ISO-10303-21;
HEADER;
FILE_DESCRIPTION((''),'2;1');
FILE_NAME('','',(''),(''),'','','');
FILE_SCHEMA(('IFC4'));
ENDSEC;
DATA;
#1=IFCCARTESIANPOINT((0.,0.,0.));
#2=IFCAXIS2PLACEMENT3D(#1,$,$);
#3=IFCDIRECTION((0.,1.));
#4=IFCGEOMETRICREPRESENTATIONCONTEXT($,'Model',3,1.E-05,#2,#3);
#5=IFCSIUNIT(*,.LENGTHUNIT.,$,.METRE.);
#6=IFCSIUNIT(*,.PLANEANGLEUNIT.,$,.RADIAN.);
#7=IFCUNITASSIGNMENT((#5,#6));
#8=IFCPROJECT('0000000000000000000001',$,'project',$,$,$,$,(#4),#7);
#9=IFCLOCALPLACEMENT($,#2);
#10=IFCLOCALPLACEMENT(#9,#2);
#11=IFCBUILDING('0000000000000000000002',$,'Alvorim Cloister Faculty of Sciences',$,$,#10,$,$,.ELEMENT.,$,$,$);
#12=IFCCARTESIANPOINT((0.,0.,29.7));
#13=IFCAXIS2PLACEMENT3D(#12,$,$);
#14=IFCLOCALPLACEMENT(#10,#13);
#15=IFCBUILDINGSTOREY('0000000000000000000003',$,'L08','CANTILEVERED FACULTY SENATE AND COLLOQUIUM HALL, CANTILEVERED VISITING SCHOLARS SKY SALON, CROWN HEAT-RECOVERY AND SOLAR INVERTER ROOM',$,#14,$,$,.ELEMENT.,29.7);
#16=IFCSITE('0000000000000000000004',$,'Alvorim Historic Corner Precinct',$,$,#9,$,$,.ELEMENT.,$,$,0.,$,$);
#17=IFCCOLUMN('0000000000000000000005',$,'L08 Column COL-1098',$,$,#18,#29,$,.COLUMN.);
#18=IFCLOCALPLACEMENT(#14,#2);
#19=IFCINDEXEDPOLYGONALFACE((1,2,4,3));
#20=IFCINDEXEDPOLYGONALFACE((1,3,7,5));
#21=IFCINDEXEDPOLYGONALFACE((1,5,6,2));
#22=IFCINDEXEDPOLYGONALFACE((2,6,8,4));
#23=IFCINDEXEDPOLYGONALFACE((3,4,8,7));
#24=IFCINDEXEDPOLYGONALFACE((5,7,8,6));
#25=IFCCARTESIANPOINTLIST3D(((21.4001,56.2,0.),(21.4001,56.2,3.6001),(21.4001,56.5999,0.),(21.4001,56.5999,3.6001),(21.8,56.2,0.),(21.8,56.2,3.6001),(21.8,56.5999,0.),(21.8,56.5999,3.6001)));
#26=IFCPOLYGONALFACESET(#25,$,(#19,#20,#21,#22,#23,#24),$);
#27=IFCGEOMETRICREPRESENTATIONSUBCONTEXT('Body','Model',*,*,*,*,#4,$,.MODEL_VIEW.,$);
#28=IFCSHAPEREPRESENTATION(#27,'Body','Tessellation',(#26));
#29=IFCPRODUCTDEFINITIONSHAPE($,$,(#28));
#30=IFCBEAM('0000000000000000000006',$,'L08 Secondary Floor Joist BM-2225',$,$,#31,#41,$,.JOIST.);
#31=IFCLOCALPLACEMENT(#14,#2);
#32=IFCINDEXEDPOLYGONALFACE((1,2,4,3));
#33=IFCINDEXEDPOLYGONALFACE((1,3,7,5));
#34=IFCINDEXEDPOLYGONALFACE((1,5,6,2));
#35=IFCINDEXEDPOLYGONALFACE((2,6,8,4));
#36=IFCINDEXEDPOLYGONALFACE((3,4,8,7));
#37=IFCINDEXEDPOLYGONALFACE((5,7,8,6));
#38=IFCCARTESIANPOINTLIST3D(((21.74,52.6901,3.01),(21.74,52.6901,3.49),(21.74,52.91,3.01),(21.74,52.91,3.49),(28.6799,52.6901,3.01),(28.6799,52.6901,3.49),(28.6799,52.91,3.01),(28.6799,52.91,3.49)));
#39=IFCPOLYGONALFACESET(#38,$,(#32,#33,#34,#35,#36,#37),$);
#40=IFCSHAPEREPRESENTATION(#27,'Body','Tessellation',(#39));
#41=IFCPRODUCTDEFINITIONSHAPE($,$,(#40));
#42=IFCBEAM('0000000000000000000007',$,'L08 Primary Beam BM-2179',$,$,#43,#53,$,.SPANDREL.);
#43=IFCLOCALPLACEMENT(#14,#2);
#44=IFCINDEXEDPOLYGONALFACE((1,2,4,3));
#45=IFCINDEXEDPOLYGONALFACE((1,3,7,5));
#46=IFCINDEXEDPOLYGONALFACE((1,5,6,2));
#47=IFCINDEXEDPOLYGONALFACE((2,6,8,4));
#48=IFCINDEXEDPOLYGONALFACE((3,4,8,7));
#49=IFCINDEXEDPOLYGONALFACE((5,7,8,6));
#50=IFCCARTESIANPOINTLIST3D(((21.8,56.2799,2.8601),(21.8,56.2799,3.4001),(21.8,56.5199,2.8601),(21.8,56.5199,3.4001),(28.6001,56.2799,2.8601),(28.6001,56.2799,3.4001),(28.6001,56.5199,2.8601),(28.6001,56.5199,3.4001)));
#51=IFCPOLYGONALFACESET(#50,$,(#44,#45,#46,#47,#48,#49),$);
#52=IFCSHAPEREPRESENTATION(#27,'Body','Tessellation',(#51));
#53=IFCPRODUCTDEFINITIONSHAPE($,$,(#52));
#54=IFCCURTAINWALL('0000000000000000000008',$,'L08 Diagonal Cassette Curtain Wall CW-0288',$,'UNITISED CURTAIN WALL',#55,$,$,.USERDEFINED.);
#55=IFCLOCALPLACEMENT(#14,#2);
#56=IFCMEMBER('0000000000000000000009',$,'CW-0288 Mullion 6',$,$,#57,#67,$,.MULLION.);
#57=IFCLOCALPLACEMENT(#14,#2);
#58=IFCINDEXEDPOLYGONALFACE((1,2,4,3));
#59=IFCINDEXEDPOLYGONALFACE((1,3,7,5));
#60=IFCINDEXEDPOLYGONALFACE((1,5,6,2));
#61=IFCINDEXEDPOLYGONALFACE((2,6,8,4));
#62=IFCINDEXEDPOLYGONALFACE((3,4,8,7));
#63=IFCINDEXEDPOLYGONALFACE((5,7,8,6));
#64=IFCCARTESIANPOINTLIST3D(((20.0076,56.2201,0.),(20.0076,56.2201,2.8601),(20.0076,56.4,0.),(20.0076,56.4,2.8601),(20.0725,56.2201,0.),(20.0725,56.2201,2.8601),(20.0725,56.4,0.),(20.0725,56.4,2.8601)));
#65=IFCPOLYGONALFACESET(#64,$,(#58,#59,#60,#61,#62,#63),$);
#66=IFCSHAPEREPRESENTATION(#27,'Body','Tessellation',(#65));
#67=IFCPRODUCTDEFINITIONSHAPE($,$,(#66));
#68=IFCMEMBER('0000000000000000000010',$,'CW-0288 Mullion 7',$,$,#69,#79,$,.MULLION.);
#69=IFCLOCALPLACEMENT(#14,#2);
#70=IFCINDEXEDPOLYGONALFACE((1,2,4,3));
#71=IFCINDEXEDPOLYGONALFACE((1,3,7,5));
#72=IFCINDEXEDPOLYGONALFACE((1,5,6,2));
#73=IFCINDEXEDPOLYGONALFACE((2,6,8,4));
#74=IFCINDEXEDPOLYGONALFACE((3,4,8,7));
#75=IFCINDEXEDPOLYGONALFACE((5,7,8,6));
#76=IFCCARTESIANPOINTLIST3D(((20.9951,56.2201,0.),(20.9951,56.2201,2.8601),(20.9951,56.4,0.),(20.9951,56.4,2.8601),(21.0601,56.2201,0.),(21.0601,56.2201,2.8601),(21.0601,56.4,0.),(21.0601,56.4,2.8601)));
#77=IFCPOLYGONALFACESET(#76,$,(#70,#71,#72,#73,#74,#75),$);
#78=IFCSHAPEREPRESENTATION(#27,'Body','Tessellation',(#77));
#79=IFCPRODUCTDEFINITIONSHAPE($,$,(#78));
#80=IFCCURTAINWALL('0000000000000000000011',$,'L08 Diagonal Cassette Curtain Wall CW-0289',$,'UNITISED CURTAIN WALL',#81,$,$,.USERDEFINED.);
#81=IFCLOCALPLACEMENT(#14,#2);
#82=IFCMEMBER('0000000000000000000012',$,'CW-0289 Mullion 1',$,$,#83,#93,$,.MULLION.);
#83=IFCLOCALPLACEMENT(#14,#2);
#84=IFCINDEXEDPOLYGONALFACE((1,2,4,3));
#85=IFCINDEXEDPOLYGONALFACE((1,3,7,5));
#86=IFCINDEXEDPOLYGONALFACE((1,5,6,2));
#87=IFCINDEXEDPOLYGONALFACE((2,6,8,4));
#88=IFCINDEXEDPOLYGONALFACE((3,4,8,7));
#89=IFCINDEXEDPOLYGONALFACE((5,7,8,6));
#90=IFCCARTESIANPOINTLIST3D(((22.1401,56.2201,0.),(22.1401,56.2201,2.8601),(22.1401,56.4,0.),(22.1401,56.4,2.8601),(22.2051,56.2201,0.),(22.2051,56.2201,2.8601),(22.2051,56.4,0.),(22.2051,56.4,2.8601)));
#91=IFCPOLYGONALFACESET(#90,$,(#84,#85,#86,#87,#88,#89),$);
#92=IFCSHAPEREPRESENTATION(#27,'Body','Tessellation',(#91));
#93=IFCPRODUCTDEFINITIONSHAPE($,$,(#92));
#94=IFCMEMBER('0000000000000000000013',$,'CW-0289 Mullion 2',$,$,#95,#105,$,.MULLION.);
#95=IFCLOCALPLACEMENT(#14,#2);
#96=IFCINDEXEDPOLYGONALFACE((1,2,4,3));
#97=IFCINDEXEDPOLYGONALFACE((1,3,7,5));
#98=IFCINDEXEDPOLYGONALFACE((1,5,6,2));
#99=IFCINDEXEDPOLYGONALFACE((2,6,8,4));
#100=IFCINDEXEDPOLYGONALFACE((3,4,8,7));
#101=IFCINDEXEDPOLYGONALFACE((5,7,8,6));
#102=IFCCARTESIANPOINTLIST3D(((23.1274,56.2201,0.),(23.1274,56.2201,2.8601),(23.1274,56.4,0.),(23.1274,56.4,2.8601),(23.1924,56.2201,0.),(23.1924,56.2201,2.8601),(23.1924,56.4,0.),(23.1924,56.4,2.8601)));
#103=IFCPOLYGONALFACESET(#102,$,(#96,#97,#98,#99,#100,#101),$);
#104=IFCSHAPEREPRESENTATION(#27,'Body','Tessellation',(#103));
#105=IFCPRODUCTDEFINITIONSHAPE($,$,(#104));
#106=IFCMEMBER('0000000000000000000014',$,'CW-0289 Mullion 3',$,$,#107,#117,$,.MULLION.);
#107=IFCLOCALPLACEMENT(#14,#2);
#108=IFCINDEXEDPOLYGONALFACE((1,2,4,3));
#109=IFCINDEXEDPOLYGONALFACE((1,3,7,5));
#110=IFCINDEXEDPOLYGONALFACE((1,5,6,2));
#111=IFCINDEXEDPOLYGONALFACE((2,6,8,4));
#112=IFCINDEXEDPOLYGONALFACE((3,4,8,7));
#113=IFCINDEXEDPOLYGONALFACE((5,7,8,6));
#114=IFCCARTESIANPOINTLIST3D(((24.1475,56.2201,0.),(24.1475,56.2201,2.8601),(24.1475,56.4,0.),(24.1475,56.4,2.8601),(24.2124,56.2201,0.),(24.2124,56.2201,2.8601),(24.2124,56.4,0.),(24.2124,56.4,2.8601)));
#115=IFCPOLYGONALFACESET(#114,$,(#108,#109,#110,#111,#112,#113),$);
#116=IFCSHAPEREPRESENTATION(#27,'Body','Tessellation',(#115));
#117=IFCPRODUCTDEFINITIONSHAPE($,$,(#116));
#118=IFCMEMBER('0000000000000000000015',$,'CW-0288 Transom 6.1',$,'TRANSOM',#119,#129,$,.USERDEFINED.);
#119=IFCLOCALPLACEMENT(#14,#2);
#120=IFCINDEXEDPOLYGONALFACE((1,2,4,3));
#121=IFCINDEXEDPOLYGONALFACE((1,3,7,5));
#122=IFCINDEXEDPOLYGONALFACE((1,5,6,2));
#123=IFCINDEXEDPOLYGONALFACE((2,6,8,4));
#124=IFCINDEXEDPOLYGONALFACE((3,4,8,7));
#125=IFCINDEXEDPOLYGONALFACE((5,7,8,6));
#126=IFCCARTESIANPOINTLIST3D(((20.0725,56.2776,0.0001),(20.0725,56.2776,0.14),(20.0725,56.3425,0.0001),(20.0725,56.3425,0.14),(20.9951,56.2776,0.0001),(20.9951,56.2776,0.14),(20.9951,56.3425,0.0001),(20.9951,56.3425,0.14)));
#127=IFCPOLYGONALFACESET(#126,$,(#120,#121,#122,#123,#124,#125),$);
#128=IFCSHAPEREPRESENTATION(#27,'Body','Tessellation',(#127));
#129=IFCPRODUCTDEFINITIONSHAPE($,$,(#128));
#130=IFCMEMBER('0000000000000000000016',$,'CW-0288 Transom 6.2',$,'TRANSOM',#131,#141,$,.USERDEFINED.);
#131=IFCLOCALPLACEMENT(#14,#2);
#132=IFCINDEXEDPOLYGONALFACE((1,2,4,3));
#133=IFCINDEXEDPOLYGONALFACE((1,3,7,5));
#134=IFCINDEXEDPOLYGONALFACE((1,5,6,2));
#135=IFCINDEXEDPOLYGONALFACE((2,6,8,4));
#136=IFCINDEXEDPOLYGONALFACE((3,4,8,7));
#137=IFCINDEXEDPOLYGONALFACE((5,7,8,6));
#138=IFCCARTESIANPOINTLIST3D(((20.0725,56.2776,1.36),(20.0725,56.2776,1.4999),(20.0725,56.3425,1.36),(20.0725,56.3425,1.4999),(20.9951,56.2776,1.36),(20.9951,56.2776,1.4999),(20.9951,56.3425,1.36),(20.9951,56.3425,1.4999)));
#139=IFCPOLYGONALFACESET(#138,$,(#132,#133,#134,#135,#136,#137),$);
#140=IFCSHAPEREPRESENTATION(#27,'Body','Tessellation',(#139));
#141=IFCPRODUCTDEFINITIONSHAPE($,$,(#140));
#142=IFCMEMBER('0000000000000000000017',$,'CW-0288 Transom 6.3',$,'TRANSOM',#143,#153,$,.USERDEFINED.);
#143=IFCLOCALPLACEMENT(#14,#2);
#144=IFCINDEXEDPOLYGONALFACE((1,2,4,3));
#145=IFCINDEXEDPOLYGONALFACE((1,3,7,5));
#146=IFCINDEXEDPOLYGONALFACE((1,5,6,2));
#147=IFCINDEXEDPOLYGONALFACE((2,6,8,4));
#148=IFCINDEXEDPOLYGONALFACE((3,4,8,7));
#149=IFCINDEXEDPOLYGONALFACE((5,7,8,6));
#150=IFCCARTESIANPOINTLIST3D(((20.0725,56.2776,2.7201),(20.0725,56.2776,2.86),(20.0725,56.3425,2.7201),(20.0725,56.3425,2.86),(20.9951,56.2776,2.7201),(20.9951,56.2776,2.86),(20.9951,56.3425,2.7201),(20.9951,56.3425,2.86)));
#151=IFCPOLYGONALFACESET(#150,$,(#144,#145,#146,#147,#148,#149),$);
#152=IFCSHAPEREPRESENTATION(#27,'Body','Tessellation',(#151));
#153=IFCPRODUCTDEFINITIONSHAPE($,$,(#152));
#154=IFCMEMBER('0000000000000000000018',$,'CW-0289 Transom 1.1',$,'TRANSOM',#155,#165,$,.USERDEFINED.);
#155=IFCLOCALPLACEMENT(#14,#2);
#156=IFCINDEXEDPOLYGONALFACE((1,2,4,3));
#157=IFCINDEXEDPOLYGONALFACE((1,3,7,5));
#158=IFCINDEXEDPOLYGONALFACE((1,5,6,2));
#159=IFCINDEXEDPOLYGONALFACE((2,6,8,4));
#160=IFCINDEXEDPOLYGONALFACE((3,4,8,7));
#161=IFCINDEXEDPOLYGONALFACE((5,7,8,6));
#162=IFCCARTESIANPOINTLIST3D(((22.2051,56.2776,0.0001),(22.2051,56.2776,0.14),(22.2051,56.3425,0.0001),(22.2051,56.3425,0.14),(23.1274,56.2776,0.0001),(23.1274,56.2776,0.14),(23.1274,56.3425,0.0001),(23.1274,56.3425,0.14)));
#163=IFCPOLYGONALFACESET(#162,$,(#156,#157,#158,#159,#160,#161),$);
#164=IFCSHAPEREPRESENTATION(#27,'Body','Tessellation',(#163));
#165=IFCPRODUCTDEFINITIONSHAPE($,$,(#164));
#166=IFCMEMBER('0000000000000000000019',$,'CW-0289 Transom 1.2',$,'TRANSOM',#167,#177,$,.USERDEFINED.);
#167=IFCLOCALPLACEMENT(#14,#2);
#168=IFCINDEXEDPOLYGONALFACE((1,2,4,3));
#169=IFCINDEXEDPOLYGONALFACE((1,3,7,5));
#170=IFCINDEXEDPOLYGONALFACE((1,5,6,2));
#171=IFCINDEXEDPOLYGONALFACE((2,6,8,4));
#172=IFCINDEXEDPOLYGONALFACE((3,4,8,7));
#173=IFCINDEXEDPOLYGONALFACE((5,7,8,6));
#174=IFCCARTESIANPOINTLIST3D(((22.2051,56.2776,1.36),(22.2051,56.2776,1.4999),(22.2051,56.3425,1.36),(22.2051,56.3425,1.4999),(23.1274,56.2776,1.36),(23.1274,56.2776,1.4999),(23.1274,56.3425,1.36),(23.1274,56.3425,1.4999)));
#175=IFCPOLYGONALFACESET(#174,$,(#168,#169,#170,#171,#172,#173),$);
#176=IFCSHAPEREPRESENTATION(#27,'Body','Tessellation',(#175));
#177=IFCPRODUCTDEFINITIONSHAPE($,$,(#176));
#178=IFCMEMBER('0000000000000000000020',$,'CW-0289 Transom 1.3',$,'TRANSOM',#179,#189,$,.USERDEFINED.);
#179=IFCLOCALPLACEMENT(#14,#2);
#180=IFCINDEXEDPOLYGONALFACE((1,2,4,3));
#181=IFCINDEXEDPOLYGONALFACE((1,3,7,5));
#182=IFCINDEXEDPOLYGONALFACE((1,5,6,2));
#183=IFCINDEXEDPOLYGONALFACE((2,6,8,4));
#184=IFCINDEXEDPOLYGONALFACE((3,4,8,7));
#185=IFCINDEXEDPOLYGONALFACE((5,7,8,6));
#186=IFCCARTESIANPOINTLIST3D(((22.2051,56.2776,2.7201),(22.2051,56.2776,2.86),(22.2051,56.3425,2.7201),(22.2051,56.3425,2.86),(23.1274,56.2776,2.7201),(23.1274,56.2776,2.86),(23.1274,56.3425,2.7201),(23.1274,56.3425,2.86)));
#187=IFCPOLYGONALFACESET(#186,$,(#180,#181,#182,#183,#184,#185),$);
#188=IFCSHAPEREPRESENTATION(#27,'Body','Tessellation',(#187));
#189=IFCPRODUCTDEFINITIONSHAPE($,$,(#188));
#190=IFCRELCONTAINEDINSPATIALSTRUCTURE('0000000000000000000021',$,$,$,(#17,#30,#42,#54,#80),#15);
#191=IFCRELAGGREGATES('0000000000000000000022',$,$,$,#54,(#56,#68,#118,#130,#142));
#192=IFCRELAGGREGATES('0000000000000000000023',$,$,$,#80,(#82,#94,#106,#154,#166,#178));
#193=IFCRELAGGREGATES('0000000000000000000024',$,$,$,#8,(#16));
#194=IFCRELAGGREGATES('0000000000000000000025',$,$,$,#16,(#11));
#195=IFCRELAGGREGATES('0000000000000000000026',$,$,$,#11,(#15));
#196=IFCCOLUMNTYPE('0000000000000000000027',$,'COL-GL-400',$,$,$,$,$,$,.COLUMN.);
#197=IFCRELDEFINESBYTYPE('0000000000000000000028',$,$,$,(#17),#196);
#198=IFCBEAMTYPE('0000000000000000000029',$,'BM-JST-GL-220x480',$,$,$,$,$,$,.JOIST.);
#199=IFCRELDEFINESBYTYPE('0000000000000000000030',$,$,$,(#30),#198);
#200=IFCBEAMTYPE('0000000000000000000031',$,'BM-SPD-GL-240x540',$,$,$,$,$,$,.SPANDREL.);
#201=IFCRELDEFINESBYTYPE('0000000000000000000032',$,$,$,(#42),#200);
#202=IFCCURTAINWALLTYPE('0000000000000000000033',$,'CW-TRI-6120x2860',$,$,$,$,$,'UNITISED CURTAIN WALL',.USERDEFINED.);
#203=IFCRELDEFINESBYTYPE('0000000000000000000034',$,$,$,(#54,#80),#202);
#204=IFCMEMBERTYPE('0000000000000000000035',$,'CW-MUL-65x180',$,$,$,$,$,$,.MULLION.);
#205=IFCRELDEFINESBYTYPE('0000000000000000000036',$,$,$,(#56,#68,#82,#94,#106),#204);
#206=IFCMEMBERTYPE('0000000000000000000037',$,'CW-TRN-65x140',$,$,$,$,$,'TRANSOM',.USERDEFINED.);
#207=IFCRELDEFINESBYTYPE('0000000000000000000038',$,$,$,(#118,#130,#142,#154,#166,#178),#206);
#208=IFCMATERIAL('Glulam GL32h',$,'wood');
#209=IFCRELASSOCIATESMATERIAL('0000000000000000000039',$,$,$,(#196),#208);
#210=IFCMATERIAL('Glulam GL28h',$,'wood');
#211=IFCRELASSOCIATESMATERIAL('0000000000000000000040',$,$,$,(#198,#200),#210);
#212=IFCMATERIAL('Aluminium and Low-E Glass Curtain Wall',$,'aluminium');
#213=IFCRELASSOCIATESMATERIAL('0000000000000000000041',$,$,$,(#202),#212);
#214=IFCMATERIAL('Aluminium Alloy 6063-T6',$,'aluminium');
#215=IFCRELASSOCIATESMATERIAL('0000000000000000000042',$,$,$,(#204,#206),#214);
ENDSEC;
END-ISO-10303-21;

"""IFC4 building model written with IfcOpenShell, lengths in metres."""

from ifc_helpers import new_model, si_unit, direction, frame, origin, origin_2d, place, context, subcontext, project, spatial, rectangle, extrude, material, material_profile, profile_set, type_object, element, aggregate, save


model = new_model("IFC4")

# Units and contexts
model_context = context("Model", 3, precision=1e-05, world=origin(), true_north=direction((0.0, 1.0)))
body_context = subcontext(model_context, "Body", "Model", "MODEL_VIEW")
ifc_project = project(units=[si_unit("LENGTHUNIT", "METRE"), si_unit("PLANEANGLEUNIT", "RADIAN")], contexts=[model_context])

# Site, building, storey
site_placement = place(None, origin())
site = spatial("IfcSite", under=ifc_project, at=site_placement, Name="Alvorim Historic Corner Precinct", CompositionType="ELEMENT", RefElevation=0.0)
building_placement = place(site_placement, origin())
building = spatial("IfcBuilding", under=site, at=building_placement, Name="Alvorim Cloister Faculty of Sciences", CompositionType="ELEMENT")
storey_placement = place(building_placement, frame((0.0, 0.0, 29.7)))
storey = spatial("IfcBuildingStorey", under=building, at=storey_placement, Name="L08", Description="CANTILEVERED FACULTY SENATE AND COLLOQUIUM HALL, CANTILEVERED VISITING SCHOLARS SKY SALON, CROWN HEAT-RECOVERY AND SOLAR INVERTER ROOM", CompositionType="ELEMENT", Elevation=29.7)

# Column
ifc_material_1 = material(Name="Glulam GL32h", Category="wood")
ifc_material_profile_1 = material_profile(ifc_material_1, rectangle(XDim=0.3999, YDim=0.3999, at=origin_2d()), Name="GL32-COL-400x400")
ifc_profile_set_1 = profile_set([ifc_material_profile_1], Name="Glulam GL32h")
column_type = type_object("IfcColumnType", Name="COL-GL-400", PredefinedType="COLUMN", material=ifc_profile_set_1)
column_placement = place(storey_placement, frame((21.6001, 56.3999, 0.0), z_axis=(0.0, 0.0, 1.0), x_axis=(1.0, 0.0, 0.0)))
element("IfcColumn", 1, at=column_placement, inside=storey, type_object=column_type, Name="L08 Column COL-1098", PredefinedType="COLUMN", context=body_context, shape_type="SweptSolid", body=[
    extrude(rectangle(XDim=0.3999, YDim=0.3999, at=origin_2d()), origin(), (0.0, 0.0, 1.0), 3.6001),
])

# Beams
ifc_material_2 = material(Name="Glulam GL28h", Category="wood")
ifc_material_profile_2 = material_profile(ifc_material_2, rectangle(XDim=0.22, YDim=0.48, at=origin_2d()), Name="GL28-JST-220x480")
ifc_profile_set_2 = profile_set([ifc_material_profile_2], Name="Glulam GL28h")
beam_type_1 = type_object("IfcBeamType", Name="BM-JST-GL-220x480", PredefinedType="JOIST", material=ifc_profile_set_2)
beam_1_placement = place(storey_placement, frame((21.74, 52.8, 3.25), z_axis=(1.0, 0.0, 0.0), x_axis=(0.0, 1.0, 0.0)))
element("IfcBeam", 2, at=beam_1_placement, inside=storey, type_object=beam_type_1, Name="L08 Secondary Floor Joist BM-2225", PredefinedType="JOIST", context=body_context, shape_type="SweptSolid", body=[
    extrude(rectangle(XDim=0.22, YDim=0.48, at=origin_2d()), origin(), (0.0, 0.0, 1.0), 6.9399),
])
ifc_material_profile_3 = material_profile(ifc_material_2, rectangle(XDim=0.24, YDim=0.54, at=origin_2d()), Name="GL28-SPD-240x540")
ifc_profile_set_3 = profile_set([ifc_material_profile_3], Name="Glulam GL28h")
beam_type_2 = type_object("IfcBeamType", Name="BM-SPD-GL-240x540", PredefinedType="SPANDREL", material=ifc_profile_set_3)
beam_2_placement = place(storey_placement, frame((21.8, 56.3999, 3.1301), z_axis=(1.0, 0.0, 0.0), x_axis=(0.0, 1.0, 0.0)))
element("IfcBeam", 3, at=beam_2_placement, inside=storey, type_object=beam_type_2, Name="L08 Primary Beam BM-2179", PredefinedType="SPANDREL", context=body_context, shape_type="SweptSolid", body=[
    extrude(rectangle(XDim=0.24, YDim=0.54, at=origin_2d()), origin(), (0.0, 0.0, 1.0), 6.8),
])

# Curtain walls, members
ifc_material_3 = material(Name="Aluminium and Low-E Glass Curtain Wall", Category="aluminium")
curtain_wall_type = type_object("IfcCurtainWallType", Name="CW-TRI-6120x2860", ElementType="UNITISED CURTAIN WALL", PredefinedType="USERDEFINED", material=ifc_material_3)
curtain_wall_1_placement = place(storey_placement, origin())
curtain_wall_1 = element("IfcCurtainWall", 4, at=curtain_wall_1_placement, inside=storey, type_object=curtain_wall_type, Name="L08 Diagonal Cassette Curtain Wall CW-0288", ObjectType="UNITISED CURTAIN WALL", PredefinedType="USERDEFINED")
ifc_material_4 = material(Name="Aluminium Alloy 6063-T6", Category="aluminium")
ifc_material_profile_4 = material_profile(ifc_material_4, rectangle(XDim=0.0649, YDim=0.1799, at=origin_2d()), Name="ALU-MUL-65x180")
ifc_profile_set_4 = profile_set([ifc_material_profile_4], Name="Aluminium Alloy 6063-T6")
member_type_1 = type_object("IfcMemberType", Name="CW-MUL-65x180", PredefinedType="MULLION", material=ifc_profile_set_4)
member_1_placement = place(storey_placement, frame((20.04, 56.3101, 0.0), z_axis=(0.0, 0.0, 1.0), x_axis=(1.0, 0.0, 0.0)))
member_1 = element("IfcMember", 5, at=member_1_placement, type_object=member_type_1, Name="CW-0288 Mullion 6", PredefinedType="MULLION", context=body_context, shape_type="SweptSolid", body=[
    extrude(rectangle(XDim=0.0649, YDim=0.1799, at=origin_2d()), origin(), (0.0, 0.0, 1.0), 2.8601),
])
member_2_placement = place(storey_placement, frame((21.0276, 56.3101, 0.0), z_axis=(0.0, 0.0, 1.0), x_axis=(1.0, 0.0, 0.0)))
member_2 = element("IfcMember", 6, at=member_2_placement, type_object=member_type_1, Name="CW-0288 Mullion 7", PredefinedType="MULLION", context=body_context, shape_type="SweptSolid", body=[
    extrude(rectangle(XDim=0.0649, YDim=0.1799, at=origin_2d()), origin(), (0.0, 0.0, 1.0), 2.8601),
])
curtain_wall_2_placement = place(storey_placement, origin())
curtain_wall_2 = element("IfcCurtainWall", 7, at=curtain_wall_2_placement, inside=storey, type_object=curtain_wall_type, Name="L08 Diagonal Cassette Curtain Wall CW-0289", ObjectType="UNITISED CURTAIN WALL", PredefinedType="USERDEFINED")
member_3_placement = place(storey_placement, frame((22.1726, 56.3101, 0.0), z_axis=(0.0, 0.0, 1.0), x_axis=(1.0, 0.0, 0.0)))
member_3 = element("IfcMember", 8, at=member_3_placement, type_object=member_type_1, Name="CW-0289 Mullion 1", PredefinedType="MULLION", context=body_context, shape_type="SweptSolid", body=[
    extrude(rectangle(XDim=0.0649, YDim=0.1799, at=origin_2d()), origin(), (0.0, 0.0, 1.0), 2.8601),
])
member_4_placement = place(storey_placement, frame((23.1599, 56.3101, 0.0), z_axis=(0.0, 0.0, 1.0), x_axis=(1.0, 0.0, 0.0)))
member_4 = element("IfcMember", 9, at=member_4_placement, type_object=member_type_1, Name="CW-0289 Mullion 2", PredefinedType="MULLION", context=body_context, shape_type="SweptSolid", body=[
    extrude(rectangle(XDim=0.0649, YDim=0.1799, at=origin_2d()), origin(), (0.0, 0.0, 1.0), 2.8601),
])
member_5_placement = place(storey_placement, frame((24.1799, 56.3101, 0.0), z_axis=(0.0, 0.0, 1.0), x_axis=(1.0, 0.0, 0.0)))
member_5 = element("IfcMember", 10, at=member_5_placement, type_object=member_type_1, Name="CW-0289 Mullion 3", PredefinedType="MULLION", context=body_context, shape_type="SweptSolid", body=[
    extrude(rectangle(XDim=0.0649, YDim=0.1799, at=origin_2d()), origin(), (0.0, 0.0, 1.0), 2.8601),
])

# Members
ifc_material_profile_5 = material_profile(ifc_material_4, rectangle(XDim=0.0649, YDim=0.1399, at=origin_2d()), Name="ALU-TRN-65x140")
ifc_profile_set_5 = profile_set([ifc_material_profile_5], Name="Aluminium Alloy 6063-T6")
member_type_2 = type_object("IfcMemberType", Name="CW-TRN-65x140", ElementType="TRANSOM", PredefinedType="USERDEFINED", material=ifc_profile_set_5)
member_6_placement = place(storey_placement, frame((20.0725, 56.3101, 0.0701), z_axis=(1.0, 0.0, 0.0), x_axis=(0.0, 1.0, 0.0)))
member_6 = element("IfcMember", 11, at=member_6_placement, type_object=member_type_2, Name="CW-0288 Transom 6.1", ObjectType="TRANSOM", PredefinedType="USERDEFINED", context=body_context, shape_type="SweptSolid", body=[
    extrude(rectangle(XDim=0.0649, YDim=0.1399, at=origin_2d()), origin(), (0.0, 0.0, 1.0), 0.9226),
])
member_7_placement = place(storey_placement, frame((20.0725, 56.3101, 1.4299), z_axis=(1.0, 0.0, 0.0), x_axis=(0.0, 1.0, 0.0)))
member_7 = element("IfcMember", 12, at=member_7_placement, type_object=member_type_2, Name="CW-0288 Transom 6.2", ObjectType="TRANSOM", PredefinedType="USERDEFINED", context=body_context, shape_type="SweptSolid", body=[
    extrude(rectangle(XDim=0.0649, YDim=0.1399, at=origin_2d()), origin(), (0.0, 0.0, 1.0), 0.9226),
])
member_8_placement = place(storey_placement, frame((20.0725, 56.3101, 2.79), z_axis=(1.0, 0.0, 0.0), x_axis=(0.0, 1.0, 0.0)))
member_8 = element("IfcMember", 13, at=member_8_placement, type_object=member_type_2, Name="CW-0288 Transom 6.3", ObjectType="TRANSOM", PredefinedType="USERDEFINED", context=body_context, shape_type="SweptSolid", body=[
    extrude(rectangle(XDim=0.0649, YDim=0.1399, at=origin_2d()), origin(), (0.0, 0.0, 1.0), 0.9226),
])
member_9_placement = place(storey_placement, frame((22.2051, 56.3101, 0.0701), z_axis=(1.0, 0.0, 0.0), x_axis=(0.0, 1.0, 0.0)))
member_9 = element("IfcMember", 14, at=member_9_placement, type_object=member_type_2, Name="CW-0289 Transom 1.1", ObjectType="TRANSOM", PredefinedType="USERDEFINED", context=body_context, shape_type="SweptSolid", body=[
    extrude(rectangle(XDim=0.0649, YDim=0.1399, at=origin_2d()), origin(), (0.0, 0.0, 1.0), 0.9224),
])
member_10_placement = place(storey_placement, frame((22.2051, 56.3101, 1.4299), z_axis=(1.0, 0.0, 0.0), x_axis=(0.0, 1.0, 0.0)))
member_10 = element("IfcMember", 15, at=member_10_placement, type_object=member_type_2, Name="CW-0289 Transom 1.2", ObjectType="TRANSOM", PredefinedType="USERDEFINED", context=body_context, shape_type="SweptSolid", body=[
    extrude(rectangle(XDim=0.0649, YDim=0.1399, at=origin_2d()), origin(), (0.0, 0.0, 1.0), 0.9224),
])
member_11_placement = place(storey_placement, frame((22.2051, 56.3101, 2.79), z_axis=(1.0, 0.0, 0.0), x_axis=(0.0, 1.0, 0.0)))
member_11 = element("IfcMember", 16, at=member_11_placement, type_object=member_type_2, Name="CW-0289 Transom 1.3", ObjectType="TRANSOM", PredefinedType="USERDEFINED", context=body_context, shape_type="SweptSolid", body=[
    extrude(rectangle(XDim=0.0649, YDim=0.1399, at=origin_2d()), origin(), (0.0, 0.0, 1.0), 0.9224),
])

aggregate(curtain_wall_1, [member_1, member_2, member_6, member_7, member_8])
aggregate(curtain_wall_2, [member_3, member_4, member_5, member_9, member_10, member_11])

save(model, "model.ifc")
